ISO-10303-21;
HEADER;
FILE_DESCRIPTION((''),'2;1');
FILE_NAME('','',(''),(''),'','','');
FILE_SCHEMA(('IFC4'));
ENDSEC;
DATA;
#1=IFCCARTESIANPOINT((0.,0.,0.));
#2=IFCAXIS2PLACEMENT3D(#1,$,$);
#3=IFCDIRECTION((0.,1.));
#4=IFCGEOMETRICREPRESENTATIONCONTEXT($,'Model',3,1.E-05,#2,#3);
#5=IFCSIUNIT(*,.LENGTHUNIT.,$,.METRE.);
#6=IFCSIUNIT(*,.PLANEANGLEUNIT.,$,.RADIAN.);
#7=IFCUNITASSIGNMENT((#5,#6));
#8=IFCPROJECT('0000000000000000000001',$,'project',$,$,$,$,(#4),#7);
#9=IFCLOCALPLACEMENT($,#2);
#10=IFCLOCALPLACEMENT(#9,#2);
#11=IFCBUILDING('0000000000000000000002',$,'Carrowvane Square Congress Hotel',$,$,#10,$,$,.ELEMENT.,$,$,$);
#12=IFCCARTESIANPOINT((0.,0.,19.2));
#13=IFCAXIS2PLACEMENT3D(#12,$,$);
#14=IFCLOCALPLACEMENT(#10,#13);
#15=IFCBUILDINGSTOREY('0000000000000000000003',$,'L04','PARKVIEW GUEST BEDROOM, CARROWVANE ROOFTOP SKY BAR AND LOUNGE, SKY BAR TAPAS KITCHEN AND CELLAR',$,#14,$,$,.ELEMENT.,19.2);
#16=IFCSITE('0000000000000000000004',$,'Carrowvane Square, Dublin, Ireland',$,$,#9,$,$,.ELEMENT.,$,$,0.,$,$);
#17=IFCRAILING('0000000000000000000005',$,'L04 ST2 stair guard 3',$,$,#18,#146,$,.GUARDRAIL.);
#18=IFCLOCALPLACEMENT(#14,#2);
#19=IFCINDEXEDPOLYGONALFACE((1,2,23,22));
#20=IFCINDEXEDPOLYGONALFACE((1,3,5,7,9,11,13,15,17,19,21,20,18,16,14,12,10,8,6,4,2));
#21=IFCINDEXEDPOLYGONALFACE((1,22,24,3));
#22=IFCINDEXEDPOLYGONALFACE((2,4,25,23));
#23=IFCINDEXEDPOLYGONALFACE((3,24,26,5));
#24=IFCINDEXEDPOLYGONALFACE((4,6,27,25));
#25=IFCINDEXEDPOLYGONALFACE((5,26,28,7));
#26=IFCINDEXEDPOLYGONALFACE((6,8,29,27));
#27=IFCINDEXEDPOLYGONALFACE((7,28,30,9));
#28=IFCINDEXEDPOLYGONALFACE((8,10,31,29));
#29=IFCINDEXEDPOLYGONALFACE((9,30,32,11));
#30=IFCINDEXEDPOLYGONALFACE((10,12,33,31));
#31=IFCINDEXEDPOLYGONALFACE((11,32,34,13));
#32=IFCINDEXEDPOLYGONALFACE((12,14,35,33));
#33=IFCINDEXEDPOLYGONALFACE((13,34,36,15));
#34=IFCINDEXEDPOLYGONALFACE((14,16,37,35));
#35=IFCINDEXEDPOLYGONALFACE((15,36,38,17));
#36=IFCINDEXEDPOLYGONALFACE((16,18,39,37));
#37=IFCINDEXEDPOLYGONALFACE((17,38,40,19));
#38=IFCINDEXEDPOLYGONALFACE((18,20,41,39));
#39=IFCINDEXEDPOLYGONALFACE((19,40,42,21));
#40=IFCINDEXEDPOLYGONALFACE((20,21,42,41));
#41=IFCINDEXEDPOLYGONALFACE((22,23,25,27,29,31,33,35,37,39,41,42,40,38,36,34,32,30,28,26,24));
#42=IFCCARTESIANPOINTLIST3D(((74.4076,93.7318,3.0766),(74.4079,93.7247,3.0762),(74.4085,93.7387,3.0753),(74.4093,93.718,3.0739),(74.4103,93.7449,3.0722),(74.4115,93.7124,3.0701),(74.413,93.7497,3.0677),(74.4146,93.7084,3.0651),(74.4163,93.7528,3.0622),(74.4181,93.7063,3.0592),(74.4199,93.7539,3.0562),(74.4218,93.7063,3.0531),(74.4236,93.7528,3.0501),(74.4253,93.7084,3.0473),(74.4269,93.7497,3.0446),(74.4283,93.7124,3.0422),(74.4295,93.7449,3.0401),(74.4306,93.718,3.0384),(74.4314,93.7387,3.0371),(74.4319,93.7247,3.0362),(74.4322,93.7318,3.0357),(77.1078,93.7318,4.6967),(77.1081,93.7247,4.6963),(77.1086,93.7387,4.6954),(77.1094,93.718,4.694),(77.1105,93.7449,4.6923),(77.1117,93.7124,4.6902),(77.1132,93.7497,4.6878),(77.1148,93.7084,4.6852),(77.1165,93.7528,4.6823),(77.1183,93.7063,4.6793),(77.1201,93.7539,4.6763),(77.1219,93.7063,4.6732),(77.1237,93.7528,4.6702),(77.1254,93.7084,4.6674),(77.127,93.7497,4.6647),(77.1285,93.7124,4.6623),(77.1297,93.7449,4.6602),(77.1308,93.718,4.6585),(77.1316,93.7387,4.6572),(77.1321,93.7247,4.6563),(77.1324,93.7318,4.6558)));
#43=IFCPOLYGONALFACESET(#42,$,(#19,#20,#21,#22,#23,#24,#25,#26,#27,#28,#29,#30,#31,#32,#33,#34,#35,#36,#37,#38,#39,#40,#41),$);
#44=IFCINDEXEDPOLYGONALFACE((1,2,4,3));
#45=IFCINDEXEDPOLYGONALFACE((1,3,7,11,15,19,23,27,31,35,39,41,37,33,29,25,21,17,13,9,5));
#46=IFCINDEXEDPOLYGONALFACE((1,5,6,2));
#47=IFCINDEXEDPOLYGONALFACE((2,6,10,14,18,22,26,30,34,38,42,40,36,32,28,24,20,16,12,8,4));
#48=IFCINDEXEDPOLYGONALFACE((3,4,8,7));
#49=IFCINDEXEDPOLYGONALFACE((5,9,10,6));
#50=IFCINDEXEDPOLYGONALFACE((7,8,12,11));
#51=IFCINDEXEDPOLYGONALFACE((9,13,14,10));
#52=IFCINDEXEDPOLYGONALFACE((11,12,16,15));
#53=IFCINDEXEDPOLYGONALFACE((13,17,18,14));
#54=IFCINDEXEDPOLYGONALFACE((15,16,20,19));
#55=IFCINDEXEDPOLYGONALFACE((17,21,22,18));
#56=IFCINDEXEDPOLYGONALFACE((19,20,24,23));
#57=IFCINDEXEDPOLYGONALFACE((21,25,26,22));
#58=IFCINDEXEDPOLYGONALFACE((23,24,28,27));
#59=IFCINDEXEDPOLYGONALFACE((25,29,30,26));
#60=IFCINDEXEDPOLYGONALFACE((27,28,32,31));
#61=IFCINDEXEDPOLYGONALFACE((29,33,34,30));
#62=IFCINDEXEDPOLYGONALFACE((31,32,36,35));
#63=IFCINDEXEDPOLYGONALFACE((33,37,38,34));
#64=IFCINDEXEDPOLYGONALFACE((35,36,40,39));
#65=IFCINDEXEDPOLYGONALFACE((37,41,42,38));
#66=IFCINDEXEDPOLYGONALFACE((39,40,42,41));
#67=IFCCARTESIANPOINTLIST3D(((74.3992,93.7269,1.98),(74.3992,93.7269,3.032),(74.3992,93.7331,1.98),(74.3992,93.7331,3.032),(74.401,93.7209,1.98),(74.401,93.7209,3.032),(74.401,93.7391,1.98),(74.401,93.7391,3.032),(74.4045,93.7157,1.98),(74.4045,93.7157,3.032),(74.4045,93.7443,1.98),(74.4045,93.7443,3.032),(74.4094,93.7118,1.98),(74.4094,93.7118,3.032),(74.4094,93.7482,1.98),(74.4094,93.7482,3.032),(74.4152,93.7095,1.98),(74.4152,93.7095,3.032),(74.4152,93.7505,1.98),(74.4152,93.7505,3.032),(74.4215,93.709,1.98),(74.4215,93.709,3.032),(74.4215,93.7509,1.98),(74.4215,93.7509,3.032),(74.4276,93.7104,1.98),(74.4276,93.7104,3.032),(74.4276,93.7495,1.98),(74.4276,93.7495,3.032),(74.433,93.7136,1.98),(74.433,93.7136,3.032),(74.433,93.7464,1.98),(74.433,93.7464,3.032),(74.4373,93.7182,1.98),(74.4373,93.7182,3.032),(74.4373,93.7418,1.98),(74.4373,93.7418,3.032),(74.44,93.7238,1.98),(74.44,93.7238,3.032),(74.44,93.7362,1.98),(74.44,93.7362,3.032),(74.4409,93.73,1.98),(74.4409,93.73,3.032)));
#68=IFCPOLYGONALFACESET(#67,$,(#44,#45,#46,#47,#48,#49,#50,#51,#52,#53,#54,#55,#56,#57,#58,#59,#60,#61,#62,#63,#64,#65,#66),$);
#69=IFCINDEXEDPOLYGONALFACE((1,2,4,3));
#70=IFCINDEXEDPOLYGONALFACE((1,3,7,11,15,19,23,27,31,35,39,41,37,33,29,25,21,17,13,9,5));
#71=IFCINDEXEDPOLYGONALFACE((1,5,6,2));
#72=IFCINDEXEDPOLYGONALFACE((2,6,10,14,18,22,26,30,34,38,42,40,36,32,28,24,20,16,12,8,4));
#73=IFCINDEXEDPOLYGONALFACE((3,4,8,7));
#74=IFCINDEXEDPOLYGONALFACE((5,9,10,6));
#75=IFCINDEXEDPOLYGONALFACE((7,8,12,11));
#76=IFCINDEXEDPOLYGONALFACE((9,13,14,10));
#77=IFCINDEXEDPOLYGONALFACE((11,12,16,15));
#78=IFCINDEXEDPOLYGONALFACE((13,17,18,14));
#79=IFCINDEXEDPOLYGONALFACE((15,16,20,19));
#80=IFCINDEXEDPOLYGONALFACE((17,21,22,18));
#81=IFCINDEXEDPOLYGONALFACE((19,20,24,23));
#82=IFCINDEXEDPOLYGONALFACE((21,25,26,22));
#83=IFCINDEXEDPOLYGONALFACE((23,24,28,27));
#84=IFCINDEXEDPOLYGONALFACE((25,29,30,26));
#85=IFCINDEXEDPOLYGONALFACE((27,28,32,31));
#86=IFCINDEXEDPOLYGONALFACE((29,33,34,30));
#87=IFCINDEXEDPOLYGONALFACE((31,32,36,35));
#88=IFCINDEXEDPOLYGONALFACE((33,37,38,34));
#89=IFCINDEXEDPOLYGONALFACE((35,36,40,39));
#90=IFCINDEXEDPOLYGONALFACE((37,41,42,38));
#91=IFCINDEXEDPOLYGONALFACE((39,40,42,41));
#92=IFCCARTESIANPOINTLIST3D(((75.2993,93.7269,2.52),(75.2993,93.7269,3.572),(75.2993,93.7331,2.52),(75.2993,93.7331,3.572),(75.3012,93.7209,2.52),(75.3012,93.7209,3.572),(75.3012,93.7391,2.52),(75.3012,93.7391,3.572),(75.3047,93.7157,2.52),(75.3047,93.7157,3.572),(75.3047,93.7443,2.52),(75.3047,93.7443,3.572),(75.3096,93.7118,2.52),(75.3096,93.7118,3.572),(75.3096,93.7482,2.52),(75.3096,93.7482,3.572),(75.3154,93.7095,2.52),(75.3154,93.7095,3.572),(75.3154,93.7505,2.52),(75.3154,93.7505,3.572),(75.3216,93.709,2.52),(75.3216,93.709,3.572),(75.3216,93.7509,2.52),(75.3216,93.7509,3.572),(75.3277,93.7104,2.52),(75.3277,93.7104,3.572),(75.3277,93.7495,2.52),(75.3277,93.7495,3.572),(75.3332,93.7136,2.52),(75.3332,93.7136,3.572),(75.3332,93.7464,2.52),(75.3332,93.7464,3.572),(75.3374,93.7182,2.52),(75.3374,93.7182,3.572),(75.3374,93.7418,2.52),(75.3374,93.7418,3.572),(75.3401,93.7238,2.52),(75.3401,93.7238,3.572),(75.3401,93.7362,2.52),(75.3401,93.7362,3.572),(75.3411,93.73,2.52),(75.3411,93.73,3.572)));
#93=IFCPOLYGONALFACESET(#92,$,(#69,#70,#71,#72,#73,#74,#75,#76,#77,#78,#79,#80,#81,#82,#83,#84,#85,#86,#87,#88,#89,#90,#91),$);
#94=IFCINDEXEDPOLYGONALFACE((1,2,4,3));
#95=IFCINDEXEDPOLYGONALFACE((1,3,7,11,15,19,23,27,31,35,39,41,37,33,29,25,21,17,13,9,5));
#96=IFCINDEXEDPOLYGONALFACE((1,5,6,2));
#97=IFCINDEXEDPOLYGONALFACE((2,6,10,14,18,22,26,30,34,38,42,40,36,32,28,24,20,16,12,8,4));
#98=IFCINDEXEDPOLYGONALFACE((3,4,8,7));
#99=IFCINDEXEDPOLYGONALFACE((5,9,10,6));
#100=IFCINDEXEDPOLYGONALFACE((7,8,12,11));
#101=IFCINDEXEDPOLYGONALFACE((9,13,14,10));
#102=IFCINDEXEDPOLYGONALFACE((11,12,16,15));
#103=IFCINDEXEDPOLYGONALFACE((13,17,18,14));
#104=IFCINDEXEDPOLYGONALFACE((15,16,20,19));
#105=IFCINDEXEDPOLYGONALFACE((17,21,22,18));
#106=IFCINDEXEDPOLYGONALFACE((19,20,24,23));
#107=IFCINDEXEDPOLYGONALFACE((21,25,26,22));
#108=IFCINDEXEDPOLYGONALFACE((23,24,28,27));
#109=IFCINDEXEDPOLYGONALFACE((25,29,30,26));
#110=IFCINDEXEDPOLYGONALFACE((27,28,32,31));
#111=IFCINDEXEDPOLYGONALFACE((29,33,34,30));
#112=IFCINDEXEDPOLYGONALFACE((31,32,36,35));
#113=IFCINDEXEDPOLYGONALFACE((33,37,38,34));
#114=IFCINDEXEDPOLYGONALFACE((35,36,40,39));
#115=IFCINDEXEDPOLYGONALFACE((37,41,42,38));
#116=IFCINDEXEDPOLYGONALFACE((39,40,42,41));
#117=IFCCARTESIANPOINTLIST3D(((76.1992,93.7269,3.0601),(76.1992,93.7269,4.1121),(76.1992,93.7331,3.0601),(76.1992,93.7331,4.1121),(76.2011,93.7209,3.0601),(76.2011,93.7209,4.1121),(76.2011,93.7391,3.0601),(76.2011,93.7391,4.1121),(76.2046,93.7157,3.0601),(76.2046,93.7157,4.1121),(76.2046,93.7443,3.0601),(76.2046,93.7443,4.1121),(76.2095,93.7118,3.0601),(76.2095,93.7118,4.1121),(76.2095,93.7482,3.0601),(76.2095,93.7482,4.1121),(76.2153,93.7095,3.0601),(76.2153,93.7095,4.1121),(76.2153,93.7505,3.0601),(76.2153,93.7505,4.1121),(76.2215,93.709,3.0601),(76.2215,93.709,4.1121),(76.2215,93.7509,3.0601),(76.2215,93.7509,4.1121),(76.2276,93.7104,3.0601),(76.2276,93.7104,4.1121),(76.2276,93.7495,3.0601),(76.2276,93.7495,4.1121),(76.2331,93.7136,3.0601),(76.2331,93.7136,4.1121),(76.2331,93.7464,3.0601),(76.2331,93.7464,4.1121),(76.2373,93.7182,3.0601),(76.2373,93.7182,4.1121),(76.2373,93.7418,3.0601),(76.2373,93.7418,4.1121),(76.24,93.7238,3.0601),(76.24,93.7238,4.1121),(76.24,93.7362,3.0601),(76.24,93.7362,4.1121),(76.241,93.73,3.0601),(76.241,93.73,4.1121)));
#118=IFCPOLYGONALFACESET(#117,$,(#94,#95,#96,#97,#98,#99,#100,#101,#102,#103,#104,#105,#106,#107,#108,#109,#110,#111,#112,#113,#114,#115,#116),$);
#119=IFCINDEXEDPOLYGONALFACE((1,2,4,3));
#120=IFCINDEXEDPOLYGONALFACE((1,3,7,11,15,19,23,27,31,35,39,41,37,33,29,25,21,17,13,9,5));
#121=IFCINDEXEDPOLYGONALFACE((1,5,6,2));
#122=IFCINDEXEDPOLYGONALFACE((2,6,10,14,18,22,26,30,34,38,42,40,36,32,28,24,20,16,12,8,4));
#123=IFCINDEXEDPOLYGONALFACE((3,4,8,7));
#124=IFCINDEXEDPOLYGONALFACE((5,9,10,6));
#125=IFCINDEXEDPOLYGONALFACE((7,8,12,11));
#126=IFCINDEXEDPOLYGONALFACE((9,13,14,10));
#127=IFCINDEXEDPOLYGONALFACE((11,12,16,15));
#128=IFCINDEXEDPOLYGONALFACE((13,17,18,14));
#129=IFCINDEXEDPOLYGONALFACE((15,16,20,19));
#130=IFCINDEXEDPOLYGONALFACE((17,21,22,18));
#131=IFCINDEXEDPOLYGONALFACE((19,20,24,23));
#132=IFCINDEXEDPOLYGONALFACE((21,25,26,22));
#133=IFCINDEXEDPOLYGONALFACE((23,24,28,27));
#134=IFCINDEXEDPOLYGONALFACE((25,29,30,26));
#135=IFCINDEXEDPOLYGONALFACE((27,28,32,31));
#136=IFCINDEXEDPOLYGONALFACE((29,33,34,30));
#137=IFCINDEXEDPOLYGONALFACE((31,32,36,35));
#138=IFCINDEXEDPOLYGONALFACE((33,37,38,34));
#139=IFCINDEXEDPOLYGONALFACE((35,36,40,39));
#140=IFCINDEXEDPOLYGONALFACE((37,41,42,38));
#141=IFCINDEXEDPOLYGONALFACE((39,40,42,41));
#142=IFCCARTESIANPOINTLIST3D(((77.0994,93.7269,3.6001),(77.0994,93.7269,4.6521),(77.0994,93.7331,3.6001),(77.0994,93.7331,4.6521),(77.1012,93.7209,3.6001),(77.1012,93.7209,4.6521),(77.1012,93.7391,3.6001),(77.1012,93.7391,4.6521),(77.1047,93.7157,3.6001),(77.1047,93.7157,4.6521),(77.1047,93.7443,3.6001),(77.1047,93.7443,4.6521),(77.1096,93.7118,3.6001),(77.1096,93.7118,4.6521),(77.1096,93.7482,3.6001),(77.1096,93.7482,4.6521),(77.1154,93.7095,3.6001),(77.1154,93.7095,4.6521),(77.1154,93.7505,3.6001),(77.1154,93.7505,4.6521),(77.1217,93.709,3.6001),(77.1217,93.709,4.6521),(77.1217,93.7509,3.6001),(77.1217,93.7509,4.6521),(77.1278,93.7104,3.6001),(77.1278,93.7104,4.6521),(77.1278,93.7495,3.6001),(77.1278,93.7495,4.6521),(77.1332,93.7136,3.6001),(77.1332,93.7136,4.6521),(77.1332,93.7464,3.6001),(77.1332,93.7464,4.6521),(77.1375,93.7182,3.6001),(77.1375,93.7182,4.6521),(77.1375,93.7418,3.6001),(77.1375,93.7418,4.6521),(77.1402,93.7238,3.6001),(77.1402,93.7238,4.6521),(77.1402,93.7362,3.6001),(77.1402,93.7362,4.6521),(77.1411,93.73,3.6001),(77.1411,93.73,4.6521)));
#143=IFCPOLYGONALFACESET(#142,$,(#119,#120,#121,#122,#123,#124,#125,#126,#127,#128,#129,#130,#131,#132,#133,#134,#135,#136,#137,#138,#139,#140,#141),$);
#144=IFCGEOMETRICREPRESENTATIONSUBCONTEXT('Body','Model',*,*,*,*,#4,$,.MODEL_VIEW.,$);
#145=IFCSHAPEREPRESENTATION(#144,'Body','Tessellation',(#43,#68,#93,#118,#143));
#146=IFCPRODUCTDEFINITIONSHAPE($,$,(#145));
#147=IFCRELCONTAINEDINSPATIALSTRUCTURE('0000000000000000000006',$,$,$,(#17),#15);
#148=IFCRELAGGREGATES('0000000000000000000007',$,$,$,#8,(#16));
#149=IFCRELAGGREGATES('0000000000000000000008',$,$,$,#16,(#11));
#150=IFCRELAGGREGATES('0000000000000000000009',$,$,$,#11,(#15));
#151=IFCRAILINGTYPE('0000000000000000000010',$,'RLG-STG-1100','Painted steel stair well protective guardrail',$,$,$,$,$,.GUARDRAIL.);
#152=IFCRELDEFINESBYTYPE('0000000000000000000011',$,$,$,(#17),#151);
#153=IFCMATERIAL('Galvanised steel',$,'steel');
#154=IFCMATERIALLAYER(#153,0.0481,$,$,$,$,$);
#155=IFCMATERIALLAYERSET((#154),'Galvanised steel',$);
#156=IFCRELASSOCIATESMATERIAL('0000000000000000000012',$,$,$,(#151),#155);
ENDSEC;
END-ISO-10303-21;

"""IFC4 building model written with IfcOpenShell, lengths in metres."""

from ifc_helpers import new_model, si_unit, direction, frame, origin, origin_2d, place, context, subcontext, project, spatial, circle, extrude, material, layer, layer_set, type_object, element, save


model = new_model("IFC4")

# Units and contexts
model_context = context("Model", 3, precision=1e-05, world=origin(), true_north=direction((0.0, 1.0)))
body_context = subcontext(model_context, "Body", "Model", "MODEL_VIEW")
ifc_project = project(units=[si_unit("LENGTHUNIT", "METRE"), si_unit("PLANEANGLEUNIT", "RADIAN")], contexts=[model_context])

# Site, building, storey
site_placement = place(None, origin())
site = spatial("IfcSite", under=ifc_project, at=site_placement, Name="Carrowvane Square, Dublin, Ireland", CompositionType="ELEMENT", RefElevation=0.0)
building_placement = place(site_placement, origin())
building = spatial("IfcBuilding", under=site, at=building_placement, Name="Carrowvane Square Congress Hotel", CompositionType="ELEMENT")
storey_placement = place(building_placement, frame((0.0, 0.0, 19.2)))
storey = spatial("IfcBuildingStorey", under=building, at=storey_placement, Name="L04", Description="PARKVIEW GUEST BEDROOM, CARROWVANE ROOFTOP SKY BAR AND LOUNGE, SKY BAR TAPAS KITCHEN AND CELLAR", CompositionType="ELEMENT", Elevation=19.2)

# Railing
ifc_material_1 = material(Name="Galvanised steel", Category="steel")
ifc_layer_1 = layer(ifc_material_1, 0.0481)
ifc_layer_set_1 = layer_set([ifc_layer_1], Name="Galvanised steel")
railing_type_1 = type_object("IfcRailingType", Name="RLG-STG-1100", Description="Painted steel stair well protective guardrail", PredefinedType="GUARDRAIL", material=ifc_layer_set_1)
railing_1_placement = place(storey_placement, frame((74.4199, 93.73, 1.98)))
element("IfcRailing", 1, at=railing_1_placement, inside=storey, type_object=railing_type_1, Name="L04 ST2 stair guard 3", PredefinedType="GUARDRAIL", context=body_context, shape_type="SweptSolid", body=[
    extrude(circle(Radius=0.0239, at=origin_2d()), frame((0.0, 0.0, 1.0762), z_axis=(0.857493, 0.0, 0.514496), x_axis=(0.0, 1.0, 0.0)), (0.0, 0.0, 1.0), 3.1489),
    extrude(circle(Radius=0.021, at=origin_2d()), origin(), (0.0, 0.0, 1.0), 1.052),
    extrude(circle(Radius=0.021, at=origin_2d()), frame((0.9001, 0.0, 0.54)), (0.0, 0.0, 1.0), 1.052),
    extrude(circle(Radius=0.021, at=origin_2d()), frame((1.8, 0.0, 1.0801)), (0.0, 0.0, 1.0), 1.052),
    extrude(circle(Radius=0.021, at=origin_2d()), frame((2.7002, 0.0, 1.6201)), (0.0, 0.0, 1.0), 1.052),
])

save(model, "model.ifc")
